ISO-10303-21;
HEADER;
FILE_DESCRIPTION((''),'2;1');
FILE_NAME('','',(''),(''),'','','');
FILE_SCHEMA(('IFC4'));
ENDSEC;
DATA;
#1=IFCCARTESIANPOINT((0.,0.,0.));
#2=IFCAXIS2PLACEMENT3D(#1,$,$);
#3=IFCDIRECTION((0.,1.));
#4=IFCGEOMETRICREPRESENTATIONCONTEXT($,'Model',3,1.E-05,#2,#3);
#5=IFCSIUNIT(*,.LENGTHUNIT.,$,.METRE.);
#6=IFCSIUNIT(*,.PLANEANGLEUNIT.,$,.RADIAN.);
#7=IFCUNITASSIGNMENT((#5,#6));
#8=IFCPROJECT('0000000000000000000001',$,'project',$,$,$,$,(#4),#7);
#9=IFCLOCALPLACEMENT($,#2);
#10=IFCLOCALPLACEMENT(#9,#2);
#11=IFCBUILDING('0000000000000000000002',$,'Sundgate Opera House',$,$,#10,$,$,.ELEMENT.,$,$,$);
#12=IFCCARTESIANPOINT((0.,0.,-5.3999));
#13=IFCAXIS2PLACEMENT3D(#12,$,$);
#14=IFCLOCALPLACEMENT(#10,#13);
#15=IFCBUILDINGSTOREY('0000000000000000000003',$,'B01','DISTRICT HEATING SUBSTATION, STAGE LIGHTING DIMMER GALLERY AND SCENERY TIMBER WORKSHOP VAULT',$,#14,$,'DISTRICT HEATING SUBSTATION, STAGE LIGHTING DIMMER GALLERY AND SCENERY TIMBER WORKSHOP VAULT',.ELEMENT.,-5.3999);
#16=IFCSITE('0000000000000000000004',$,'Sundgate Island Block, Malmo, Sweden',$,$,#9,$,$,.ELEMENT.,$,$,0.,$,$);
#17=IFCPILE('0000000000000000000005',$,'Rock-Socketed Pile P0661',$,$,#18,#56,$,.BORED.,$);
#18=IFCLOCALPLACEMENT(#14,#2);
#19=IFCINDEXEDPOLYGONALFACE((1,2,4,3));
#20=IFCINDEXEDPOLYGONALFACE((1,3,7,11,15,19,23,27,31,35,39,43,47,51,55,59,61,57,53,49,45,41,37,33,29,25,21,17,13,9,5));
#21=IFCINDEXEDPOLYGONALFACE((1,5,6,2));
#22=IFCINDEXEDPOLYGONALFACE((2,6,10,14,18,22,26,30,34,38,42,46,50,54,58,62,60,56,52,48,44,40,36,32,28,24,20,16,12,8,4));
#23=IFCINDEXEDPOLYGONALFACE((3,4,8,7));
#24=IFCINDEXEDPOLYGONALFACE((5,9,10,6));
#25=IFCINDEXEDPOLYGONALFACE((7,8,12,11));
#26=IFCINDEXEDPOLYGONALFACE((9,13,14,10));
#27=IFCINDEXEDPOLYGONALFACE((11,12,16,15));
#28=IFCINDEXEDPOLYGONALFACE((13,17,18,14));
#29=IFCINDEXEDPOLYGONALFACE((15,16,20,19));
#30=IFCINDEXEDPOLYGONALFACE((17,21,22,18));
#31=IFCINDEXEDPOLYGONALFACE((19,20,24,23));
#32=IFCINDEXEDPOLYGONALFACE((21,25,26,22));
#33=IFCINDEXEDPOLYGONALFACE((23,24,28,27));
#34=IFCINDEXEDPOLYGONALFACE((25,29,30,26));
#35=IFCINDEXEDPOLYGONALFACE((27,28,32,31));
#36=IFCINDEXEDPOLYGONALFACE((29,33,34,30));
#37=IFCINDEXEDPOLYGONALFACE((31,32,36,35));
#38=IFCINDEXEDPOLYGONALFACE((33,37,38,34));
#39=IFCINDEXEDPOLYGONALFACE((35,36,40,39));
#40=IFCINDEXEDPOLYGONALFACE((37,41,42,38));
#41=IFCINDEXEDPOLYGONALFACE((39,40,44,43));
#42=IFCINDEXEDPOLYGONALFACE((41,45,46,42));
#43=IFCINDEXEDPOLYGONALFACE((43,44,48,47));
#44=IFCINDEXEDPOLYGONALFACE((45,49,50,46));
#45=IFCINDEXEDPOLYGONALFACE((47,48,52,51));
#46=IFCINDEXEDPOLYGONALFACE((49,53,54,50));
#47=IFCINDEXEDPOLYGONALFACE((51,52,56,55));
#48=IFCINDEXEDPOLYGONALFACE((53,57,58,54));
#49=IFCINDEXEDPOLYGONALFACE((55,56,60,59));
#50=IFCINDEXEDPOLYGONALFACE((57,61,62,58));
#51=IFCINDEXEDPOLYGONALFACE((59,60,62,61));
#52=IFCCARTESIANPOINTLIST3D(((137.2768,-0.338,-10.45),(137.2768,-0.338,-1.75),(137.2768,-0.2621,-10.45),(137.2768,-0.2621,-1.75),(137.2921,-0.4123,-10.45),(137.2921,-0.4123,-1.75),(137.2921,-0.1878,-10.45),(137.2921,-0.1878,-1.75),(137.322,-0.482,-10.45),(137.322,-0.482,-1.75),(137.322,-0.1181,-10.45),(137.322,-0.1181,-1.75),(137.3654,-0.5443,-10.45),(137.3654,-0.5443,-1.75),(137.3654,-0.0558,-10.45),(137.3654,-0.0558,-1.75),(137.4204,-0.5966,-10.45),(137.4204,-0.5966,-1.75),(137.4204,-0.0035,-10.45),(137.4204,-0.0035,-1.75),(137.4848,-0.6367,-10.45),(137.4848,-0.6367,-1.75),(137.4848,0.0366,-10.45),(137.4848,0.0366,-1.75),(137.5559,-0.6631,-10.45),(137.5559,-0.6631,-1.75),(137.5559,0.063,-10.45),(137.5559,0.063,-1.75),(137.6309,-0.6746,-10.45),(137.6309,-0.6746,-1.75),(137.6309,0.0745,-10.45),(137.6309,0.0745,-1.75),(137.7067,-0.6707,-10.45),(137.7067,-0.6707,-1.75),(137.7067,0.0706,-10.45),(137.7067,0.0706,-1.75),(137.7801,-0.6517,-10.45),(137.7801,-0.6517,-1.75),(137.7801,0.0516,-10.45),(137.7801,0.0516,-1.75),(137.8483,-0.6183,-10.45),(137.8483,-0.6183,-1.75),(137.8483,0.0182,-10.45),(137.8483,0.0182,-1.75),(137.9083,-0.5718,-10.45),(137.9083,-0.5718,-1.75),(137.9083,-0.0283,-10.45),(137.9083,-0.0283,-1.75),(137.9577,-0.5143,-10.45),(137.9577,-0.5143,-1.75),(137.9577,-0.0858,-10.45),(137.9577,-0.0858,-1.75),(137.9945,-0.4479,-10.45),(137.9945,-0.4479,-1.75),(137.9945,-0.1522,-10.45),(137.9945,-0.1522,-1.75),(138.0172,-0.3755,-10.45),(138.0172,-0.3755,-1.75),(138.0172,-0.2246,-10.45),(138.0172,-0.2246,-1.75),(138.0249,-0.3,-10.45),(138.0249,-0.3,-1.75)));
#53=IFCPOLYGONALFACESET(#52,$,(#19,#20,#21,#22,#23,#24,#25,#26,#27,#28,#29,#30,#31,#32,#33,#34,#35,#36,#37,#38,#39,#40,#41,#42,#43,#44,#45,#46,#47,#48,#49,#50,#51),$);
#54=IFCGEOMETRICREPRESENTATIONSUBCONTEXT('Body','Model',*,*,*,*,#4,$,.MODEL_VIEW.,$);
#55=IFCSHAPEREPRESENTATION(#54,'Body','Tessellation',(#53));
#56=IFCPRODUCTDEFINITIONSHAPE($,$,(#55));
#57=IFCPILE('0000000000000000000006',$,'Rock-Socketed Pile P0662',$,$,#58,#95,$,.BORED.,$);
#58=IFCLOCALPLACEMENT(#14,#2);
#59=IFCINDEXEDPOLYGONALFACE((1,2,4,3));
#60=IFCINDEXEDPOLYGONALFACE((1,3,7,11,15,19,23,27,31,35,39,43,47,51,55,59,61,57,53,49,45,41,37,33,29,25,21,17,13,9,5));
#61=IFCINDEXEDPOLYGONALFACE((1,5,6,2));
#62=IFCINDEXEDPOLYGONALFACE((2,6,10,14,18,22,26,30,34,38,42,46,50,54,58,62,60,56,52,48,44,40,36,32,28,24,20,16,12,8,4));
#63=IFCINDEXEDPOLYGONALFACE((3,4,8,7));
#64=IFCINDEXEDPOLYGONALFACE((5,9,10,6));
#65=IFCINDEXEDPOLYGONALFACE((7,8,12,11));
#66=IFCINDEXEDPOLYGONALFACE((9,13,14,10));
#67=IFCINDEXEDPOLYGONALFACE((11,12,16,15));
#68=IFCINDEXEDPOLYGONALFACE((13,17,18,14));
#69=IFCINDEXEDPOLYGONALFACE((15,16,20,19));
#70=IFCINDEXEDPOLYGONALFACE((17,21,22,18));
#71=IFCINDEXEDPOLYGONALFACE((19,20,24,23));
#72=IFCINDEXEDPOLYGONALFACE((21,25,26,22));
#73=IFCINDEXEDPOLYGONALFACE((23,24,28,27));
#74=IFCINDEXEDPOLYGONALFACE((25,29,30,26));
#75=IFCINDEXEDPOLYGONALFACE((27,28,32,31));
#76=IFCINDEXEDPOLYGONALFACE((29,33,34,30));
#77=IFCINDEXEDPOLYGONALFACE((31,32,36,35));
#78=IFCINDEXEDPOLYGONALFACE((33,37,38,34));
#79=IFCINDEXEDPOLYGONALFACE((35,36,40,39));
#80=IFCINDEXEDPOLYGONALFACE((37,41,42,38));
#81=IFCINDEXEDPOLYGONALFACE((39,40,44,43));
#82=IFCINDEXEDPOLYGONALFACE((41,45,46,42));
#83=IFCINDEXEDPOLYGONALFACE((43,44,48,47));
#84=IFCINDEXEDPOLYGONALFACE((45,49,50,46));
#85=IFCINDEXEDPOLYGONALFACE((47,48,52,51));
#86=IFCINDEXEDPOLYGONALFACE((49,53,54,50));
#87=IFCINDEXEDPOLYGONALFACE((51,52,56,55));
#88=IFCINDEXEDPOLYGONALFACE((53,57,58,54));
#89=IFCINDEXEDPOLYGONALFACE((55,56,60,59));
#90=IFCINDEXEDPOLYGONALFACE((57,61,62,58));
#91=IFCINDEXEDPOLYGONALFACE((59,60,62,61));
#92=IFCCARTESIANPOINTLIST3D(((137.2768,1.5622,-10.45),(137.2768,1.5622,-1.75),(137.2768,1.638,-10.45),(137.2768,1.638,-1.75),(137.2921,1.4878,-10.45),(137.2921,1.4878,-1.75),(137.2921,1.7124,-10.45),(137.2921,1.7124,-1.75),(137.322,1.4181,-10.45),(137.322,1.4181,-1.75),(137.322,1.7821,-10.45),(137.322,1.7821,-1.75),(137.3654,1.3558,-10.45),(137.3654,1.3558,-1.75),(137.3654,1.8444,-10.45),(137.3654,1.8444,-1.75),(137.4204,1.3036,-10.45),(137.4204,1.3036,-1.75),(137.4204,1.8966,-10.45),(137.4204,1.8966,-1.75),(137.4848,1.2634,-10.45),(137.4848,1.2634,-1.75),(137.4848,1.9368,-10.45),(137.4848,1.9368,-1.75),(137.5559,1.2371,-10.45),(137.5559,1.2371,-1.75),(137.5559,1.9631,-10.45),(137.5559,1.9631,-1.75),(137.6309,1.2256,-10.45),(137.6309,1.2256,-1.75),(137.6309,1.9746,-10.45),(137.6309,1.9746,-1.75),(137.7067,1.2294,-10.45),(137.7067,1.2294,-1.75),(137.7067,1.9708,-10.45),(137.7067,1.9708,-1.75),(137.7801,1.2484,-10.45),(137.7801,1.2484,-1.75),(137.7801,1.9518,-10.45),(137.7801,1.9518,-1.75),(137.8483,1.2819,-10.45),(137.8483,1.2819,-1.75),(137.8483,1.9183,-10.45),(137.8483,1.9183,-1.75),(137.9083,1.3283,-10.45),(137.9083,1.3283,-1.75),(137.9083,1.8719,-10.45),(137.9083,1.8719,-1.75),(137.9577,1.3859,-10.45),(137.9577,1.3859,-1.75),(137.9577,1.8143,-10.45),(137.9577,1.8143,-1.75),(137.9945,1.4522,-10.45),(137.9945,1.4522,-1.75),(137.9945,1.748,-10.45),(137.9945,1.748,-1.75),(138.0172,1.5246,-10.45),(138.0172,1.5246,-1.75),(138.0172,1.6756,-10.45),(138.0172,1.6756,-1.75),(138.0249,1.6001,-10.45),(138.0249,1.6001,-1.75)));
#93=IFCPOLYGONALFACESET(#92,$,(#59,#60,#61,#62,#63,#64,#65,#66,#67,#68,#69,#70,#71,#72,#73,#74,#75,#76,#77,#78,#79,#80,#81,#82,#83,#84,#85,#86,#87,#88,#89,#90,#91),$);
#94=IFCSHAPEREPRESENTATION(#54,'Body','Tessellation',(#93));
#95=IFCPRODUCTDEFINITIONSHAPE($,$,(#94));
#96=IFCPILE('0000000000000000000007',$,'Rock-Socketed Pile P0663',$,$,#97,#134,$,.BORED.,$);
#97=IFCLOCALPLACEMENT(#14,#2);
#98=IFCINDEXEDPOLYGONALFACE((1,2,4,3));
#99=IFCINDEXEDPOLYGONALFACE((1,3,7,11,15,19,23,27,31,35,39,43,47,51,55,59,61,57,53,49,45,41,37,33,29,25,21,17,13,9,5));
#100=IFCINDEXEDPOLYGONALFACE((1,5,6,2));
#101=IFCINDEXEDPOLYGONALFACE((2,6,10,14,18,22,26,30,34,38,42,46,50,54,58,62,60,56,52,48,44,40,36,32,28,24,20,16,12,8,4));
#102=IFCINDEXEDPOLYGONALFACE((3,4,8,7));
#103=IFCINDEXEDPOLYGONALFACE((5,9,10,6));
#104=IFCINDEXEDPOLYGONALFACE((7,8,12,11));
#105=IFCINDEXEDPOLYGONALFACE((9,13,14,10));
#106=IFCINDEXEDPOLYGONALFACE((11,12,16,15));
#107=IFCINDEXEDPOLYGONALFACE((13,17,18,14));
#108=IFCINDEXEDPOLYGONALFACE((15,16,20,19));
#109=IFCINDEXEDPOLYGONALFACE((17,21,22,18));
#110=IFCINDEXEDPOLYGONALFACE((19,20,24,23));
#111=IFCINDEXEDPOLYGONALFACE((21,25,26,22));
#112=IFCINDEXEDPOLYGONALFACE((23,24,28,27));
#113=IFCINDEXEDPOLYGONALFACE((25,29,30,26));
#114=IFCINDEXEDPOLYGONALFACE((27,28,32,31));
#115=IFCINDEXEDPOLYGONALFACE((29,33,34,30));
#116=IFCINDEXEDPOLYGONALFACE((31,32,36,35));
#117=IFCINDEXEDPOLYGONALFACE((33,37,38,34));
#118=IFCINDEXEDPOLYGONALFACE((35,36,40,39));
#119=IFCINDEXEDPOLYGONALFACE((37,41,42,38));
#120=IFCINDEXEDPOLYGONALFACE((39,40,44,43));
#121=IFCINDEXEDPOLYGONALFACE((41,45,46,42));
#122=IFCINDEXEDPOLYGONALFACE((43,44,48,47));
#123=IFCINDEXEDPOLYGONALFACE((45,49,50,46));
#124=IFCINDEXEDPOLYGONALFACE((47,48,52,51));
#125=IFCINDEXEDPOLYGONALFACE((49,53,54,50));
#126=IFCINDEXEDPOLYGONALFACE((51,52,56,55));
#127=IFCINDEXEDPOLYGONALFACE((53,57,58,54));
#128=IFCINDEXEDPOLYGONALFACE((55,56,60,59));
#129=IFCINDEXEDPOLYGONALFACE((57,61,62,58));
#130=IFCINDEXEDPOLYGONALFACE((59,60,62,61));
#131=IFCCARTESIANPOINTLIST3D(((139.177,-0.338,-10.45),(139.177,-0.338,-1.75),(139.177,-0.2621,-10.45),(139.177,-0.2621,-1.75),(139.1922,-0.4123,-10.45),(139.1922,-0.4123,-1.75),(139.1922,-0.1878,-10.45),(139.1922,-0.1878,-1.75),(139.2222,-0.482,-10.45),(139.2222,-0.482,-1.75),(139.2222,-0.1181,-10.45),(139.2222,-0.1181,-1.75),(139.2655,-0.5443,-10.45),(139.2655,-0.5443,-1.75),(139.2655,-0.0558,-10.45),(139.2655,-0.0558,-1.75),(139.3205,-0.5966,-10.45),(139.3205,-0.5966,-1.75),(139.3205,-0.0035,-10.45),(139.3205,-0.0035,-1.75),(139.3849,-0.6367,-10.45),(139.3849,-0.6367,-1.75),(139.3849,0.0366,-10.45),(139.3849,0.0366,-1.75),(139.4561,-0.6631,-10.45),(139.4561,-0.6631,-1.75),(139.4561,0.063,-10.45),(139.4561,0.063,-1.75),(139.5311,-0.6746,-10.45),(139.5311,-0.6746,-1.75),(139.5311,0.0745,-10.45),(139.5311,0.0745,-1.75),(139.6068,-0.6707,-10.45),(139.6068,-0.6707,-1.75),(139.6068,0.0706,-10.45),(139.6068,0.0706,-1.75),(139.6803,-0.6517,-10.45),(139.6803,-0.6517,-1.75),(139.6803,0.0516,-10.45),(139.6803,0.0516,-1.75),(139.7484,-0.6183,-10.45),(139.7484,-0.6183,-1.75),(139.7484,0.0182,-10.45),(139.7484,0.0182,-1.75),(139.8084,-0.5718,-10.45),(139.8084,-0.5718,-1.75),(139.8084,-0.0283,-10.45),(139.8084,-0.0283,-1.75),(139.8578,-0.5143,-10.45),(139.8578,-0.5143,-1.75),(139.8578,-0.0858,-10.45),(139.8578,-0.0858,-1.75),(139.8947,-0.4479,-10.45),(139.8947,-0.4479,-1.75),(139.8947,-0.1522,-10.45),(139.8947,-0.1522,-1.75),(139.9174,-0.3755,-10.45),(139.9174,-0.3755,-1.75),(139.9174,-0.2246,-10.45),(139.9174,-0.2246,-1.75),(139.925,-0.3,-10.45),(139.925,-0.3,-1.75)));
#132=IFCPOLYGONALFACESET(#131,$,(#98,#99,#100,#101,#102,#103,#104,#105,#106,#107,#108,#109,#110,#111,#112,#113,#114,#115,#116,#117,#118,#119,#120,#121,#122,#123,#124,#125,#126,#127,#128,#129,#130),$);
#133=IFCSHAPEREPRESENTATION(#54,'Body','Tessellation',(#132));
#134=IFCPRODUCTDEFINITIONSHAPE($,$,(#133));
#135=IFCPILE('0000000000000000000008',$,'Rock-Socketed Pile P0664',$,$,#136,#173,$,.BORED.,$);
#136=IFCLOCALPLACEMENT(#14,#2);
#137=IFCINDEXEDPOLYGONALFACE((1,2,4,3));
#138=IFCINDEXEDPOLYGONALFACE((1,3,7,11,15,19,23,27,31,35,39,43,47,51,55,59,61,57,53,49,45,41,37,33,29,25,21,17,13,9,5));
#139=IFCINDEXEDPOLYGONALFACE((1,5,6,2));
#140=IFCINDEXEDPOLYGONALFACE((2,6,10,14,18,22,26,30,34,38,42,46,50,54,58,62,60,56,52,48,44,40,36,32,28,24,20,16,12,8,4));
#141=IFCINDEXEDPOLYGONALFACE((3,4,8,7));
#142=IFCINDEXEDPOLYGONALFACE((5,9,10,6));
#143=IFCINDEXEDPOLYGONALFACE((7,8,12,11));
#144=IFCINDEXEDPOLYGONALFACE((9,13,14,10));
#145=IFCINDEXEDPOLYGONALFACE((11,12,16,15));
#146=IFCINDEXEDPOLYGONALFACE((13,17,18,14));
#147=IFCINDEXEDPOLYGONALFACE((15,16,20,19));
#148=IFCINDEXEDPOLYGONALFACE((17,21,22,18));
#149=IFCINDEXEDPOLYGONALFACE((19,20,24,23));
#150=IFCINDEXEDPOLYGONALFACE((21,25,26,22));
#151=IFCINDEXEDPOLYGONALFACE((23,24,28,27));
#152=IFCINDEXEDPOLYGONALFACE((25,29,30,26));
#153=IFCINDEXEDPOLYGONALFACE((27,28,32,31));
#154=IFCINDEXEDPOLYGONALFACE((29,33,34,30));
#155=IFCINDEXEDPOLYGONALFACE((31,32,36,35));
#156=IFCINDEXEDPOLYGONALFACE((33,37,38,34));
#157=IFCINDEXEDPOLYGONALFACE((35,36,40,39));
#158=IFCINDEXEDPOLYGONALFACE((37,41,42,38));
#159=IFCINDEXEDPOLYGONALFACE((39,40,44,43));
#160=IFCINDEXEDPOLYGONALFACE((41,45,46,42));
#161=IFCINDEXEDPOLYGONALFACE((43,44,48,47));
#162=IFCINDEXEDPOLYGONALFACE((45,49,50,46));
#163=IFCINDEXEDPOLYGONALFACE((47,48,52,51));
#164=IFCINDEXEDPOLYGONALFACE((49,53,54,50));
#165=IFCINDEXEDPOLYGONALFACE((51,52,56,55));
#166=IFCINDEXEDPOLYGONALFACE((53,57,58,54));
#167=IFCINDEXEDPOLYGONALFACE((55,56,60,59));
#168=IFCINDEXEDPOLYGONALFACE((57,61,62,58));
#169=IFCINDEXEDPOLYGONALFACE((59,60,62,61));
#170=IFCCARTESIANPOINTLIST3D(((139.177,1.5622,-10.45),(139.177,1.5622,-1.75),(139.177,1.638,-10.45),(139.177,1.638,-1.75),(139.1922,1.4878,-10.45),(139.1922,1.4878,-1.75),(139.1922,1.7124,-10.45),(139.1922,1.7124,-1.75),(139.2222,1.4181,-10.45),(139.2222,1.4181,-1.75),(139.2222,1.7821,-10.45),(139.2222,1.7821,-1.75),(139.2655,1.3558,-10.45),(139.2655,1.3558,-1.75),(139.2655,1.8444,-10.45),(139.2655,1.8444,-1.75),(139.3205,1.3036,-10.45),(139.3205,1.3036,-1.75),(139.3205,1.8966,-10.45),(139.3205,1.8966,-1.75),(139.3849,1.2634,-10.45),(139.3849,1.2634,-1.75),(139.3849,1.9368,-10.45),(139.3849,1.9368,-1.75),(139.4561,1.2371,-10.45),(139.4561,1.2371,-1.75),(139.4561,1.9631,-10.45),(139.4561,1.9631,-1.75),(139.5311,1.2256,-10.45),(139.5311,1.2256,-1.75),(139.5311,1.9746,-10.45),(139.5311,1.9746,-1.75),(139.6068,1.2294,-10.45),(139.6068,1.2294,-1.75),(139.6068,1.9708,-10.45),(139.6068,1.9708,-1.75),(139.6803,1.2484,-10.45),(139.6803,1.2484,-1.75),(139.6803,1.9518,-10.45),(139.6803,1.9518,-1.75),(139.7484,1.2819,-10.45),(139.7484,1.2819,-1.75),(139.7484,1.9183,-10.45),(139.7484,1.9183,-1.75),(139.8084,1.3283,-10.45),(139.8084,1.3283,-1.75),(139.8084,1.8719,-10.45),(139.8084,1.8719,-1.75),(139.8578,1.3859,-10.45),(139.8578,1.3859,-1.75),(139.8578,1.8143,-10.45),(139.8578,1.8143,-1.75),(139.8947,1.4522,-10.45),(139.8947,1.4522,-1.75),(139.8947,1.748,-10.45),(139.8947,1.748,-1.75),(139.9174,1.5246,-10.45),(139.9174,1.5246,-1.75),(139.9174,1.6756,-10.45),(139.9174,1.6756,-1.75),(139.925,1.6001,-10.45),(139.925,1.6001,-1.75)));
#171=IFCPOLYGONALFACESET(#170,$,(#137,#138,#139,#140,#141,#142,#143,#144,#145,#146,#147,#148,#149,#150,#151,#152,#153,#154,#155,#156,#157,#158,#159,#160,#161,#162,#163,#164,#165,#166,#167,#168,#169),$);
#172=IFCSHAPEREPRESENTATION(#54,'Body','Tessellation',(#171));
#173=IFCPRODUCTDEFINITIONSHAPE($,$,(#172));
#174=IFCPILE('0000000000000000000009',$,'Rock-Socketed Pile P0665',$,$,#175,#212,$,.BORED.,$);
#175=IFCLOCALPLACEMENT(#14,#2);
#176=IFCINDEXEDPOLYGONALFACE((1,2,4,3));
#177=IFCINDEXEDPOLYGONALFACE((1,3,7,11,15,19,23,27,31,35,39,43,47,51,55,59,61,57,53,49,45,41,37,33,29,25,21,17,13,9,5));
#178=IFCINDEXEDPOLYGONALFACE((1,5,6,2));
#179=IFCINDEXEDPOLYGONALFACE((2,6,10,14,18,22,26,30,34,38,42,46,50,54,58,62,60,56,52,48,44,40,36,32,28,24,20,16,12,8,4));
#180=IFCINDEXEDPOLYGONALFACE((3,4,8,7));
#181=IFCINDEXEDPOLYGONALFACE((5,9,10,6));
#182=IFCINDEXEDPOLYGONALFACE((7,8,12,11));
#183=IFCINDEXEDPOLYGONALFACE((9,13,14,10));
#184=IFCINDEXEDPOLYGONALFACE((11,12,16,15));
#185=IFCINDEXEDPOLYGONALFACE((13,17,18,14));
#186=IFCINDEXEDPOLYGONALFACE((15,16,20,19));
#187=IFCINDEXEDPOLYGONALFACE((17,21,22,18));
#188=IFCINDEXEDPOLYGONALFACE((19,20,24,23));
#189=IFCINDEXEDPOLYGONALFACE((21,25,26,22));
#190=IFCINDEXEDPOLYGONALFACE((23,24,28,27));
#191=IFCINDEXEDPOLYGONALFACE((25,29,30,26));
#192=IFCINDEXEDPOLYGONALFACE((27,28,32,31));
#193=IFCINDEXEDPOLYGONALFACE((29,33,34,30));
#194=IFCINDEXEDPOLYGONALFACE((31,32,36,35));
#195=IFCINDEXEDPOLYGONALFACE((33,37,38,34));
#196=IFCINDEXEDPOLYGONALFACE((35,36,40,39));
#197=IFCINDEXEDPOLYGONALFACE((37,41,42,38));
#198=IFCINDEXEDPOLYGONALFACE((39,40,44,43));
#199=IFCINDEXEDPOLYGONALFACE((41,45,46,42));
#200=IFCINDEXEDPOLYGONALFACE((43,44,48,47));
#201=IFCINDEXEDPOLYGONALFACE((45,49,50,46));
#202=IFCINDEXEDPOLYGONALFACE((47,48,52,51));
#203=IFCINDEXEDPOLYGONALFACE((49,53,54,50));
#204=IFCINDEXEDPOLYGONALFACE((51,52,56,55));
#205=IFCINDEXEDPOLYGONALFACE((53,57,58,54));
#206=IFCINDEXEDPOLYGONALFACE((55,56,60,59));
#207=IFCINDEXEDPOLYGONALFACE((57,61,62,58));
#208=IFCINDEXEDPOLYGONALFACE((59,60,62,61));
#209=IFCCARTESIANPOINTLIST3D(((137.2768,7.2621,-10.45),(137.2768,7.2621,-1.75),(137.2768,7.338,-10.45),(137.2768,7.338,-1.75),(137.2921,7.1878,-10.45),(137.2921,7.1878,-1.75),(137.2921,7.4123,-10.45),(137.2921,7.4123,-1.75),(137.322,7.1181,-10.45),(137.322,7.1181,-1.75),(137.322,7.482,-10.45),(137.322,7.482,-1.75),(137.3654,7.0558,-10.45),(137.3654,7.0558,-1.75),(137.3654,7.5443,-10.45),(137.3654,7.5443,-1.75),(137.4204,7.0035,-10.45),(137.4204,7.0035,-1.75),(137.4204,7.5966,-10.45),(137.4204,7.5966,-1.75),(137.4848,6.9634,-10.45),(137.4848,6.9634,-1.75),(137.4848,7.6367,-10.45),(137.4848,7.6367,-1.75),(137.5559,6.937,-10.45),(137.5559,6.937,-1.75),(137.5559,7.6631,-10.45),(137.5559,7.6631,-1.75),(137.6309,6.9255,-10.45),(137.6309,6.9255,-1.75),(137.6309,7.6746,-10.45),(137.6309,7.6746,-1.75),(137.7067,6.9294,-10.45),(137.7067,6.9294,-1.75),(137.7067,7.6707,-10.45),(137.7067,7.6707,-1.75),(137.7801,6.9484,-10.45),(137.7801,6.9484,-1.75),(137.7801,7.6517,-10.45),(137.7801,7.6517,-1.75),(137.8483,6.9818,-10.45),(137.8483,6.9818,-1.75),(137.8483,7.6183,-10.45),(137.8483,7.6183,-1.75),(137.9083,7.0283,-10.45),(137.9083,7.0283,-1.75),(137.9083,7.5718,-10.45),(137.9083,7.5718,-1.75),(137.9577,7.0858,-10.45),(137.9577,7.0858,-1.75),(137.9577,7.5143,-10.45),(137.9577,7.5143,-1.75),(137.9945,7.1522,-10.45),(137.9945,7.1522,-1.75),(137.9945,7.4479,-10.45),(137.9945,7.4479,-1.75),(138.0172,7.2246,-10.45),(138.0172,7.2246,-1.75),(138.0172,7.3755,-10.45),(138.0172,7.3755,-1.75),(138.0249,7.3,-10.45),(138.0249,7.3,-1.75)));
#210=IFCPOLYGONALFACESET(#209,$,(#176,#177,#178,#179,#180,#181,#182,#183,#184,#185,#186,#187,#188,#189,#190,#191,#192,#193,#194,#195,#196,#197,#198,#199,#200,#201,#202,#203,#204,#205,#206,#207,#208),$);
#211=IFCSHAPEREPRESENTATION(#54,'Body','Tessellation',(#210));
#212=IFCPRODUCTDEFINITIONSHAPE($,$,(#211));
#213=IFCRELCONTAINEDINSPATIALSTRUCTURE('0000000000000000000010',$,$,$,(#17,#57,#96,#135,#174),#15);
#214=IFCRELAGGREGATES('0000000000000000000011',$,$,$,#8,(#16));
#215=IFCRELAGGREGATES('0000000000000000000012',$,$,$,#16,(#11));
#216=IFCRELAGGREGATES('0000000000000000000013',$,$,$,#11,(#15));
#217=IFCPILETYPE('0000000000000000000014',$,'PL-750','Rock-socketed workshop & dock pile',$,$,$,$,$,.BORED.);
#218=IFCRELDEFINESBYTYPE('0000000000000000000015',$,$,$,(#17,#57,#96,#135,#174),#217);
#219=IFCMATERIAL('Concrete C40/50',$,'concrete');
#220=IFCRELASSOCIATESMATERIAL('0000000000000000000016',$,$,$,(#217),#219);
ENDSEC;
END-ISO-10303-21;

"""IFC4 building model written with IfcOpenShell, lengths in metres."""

from ifc_helpers import new_model, si_unit, direction, frame, origin, origin_2d, place, context, subcontext, project, spatial, circle, extrude, material, material_profile, profile_set, type_object, element, save


model = new_model("IFC4")

# Units and contexts
model_context = context("Model", 3, precision=1e-05, world=origin(), true_north=direction((0.0, 1.0)))
body_context = subcontext(model_context, "Body", "Model", "MODEL_VIEW")
ifc_project = project(units=[si_unit("LENGTHUNIT", "METRE"), si_unit("PLANEANGLEUNIT", "RADIAN")], contexts=[model_context])

# Site, building, storey
site_placement = place(None, origin())
site = spatial("IfcSite", under=ifc_project, at=site_placement, Name="Sundgate Island Block, Malmo, Sweden", CompositionType="ELEMENT", RefElevation=0.0)
building_placement = place(site_placement, origin())
building = spatial("IfcBuilding", under=site, at=building_placement, Name="Sundgate Opera House", CompositionType="ELEMENT")
storey_placement = place(building_placement, frame((0.0, 0.0, -5.3999)))
storey = spatial("IfcBuildingStorey", under=building, at=storey_placement, Name="B01", Description="DISTRICT HEATING SUBSTATION, STAGE LIGHTING DIMMER GALLERY AND SCENERY TIMBER WORKSHOP VAULT", LongName="DISTRICT HEATING SUBSTATION, STAGE LIGHTING DIMMER GALLERY AND SCENERY TIMBER WORKSHOP VAULT", CompositionType="ELEMENT", Elevation=-5.3999)

# Piles
ifc_material_1 = material(Name="Concrete C40/50", Category="concrete")
ifc_material_profile_1 = material_profile(ifc_material_1, circle(Radius=0.375, at=origin_2d()), Name="PILE D750")
ifc_profile_set_1 = profile_set([ifc_material_profile_1], Name="Concrete C40/50")
pile_type = type_object("IfcPileType", Name="PL-750", Description="Rock-socketed workshop & dock pile", PredefinedType="BORED", material=ifc_profile_set_1)
for number, where, z_axis, x_axis, name in (
    (1, (137.6499, -0.3, -1.75), (0.0, 0.0, -1.0), (1.0, 0.0, 0.0), "Rock-Socketed Pile P0661"),
    (2, (137.6499, 1.6001, -1.75), (0.0, 0.0, -1.0), (1.0, 0.0, 0.0), "Rock-Socketed Pile P0662"),
    (3, (139.55, -0.3, -1.75), (0.0, 0.0, -1.0), (1.0, 0.0, 0.0), "Rock-Socketed Pile P0663"),
    (4, (139.55, 1.6001, -1.75), (0.0, 0.0, -1.0), (1.0, 0.0, 0.0), "Rock-Socketed Pile P0664"),
    (5, (137.6499, 7.3, -1.75), (0.0, 0.0, -1.0), (1.0, 0.0, 0.0), "Rock-Socketed Pile P0665"),
):
    element("IfcPile", number, at=place(storey_placement, frame(where, z_axis=z_axis, x_axis=x_axis)), inside=storey, type_object=pile_type, Name=name, PredefinedType="BORED", context=body_context, shape_type="SweptSolid", body=[
        extrude(circle(Radius=0.375, at=origin_2d()), origin(), (0.0, 0.0, 1.0), 8.7),
    ])

save(model, "model.ifc")
